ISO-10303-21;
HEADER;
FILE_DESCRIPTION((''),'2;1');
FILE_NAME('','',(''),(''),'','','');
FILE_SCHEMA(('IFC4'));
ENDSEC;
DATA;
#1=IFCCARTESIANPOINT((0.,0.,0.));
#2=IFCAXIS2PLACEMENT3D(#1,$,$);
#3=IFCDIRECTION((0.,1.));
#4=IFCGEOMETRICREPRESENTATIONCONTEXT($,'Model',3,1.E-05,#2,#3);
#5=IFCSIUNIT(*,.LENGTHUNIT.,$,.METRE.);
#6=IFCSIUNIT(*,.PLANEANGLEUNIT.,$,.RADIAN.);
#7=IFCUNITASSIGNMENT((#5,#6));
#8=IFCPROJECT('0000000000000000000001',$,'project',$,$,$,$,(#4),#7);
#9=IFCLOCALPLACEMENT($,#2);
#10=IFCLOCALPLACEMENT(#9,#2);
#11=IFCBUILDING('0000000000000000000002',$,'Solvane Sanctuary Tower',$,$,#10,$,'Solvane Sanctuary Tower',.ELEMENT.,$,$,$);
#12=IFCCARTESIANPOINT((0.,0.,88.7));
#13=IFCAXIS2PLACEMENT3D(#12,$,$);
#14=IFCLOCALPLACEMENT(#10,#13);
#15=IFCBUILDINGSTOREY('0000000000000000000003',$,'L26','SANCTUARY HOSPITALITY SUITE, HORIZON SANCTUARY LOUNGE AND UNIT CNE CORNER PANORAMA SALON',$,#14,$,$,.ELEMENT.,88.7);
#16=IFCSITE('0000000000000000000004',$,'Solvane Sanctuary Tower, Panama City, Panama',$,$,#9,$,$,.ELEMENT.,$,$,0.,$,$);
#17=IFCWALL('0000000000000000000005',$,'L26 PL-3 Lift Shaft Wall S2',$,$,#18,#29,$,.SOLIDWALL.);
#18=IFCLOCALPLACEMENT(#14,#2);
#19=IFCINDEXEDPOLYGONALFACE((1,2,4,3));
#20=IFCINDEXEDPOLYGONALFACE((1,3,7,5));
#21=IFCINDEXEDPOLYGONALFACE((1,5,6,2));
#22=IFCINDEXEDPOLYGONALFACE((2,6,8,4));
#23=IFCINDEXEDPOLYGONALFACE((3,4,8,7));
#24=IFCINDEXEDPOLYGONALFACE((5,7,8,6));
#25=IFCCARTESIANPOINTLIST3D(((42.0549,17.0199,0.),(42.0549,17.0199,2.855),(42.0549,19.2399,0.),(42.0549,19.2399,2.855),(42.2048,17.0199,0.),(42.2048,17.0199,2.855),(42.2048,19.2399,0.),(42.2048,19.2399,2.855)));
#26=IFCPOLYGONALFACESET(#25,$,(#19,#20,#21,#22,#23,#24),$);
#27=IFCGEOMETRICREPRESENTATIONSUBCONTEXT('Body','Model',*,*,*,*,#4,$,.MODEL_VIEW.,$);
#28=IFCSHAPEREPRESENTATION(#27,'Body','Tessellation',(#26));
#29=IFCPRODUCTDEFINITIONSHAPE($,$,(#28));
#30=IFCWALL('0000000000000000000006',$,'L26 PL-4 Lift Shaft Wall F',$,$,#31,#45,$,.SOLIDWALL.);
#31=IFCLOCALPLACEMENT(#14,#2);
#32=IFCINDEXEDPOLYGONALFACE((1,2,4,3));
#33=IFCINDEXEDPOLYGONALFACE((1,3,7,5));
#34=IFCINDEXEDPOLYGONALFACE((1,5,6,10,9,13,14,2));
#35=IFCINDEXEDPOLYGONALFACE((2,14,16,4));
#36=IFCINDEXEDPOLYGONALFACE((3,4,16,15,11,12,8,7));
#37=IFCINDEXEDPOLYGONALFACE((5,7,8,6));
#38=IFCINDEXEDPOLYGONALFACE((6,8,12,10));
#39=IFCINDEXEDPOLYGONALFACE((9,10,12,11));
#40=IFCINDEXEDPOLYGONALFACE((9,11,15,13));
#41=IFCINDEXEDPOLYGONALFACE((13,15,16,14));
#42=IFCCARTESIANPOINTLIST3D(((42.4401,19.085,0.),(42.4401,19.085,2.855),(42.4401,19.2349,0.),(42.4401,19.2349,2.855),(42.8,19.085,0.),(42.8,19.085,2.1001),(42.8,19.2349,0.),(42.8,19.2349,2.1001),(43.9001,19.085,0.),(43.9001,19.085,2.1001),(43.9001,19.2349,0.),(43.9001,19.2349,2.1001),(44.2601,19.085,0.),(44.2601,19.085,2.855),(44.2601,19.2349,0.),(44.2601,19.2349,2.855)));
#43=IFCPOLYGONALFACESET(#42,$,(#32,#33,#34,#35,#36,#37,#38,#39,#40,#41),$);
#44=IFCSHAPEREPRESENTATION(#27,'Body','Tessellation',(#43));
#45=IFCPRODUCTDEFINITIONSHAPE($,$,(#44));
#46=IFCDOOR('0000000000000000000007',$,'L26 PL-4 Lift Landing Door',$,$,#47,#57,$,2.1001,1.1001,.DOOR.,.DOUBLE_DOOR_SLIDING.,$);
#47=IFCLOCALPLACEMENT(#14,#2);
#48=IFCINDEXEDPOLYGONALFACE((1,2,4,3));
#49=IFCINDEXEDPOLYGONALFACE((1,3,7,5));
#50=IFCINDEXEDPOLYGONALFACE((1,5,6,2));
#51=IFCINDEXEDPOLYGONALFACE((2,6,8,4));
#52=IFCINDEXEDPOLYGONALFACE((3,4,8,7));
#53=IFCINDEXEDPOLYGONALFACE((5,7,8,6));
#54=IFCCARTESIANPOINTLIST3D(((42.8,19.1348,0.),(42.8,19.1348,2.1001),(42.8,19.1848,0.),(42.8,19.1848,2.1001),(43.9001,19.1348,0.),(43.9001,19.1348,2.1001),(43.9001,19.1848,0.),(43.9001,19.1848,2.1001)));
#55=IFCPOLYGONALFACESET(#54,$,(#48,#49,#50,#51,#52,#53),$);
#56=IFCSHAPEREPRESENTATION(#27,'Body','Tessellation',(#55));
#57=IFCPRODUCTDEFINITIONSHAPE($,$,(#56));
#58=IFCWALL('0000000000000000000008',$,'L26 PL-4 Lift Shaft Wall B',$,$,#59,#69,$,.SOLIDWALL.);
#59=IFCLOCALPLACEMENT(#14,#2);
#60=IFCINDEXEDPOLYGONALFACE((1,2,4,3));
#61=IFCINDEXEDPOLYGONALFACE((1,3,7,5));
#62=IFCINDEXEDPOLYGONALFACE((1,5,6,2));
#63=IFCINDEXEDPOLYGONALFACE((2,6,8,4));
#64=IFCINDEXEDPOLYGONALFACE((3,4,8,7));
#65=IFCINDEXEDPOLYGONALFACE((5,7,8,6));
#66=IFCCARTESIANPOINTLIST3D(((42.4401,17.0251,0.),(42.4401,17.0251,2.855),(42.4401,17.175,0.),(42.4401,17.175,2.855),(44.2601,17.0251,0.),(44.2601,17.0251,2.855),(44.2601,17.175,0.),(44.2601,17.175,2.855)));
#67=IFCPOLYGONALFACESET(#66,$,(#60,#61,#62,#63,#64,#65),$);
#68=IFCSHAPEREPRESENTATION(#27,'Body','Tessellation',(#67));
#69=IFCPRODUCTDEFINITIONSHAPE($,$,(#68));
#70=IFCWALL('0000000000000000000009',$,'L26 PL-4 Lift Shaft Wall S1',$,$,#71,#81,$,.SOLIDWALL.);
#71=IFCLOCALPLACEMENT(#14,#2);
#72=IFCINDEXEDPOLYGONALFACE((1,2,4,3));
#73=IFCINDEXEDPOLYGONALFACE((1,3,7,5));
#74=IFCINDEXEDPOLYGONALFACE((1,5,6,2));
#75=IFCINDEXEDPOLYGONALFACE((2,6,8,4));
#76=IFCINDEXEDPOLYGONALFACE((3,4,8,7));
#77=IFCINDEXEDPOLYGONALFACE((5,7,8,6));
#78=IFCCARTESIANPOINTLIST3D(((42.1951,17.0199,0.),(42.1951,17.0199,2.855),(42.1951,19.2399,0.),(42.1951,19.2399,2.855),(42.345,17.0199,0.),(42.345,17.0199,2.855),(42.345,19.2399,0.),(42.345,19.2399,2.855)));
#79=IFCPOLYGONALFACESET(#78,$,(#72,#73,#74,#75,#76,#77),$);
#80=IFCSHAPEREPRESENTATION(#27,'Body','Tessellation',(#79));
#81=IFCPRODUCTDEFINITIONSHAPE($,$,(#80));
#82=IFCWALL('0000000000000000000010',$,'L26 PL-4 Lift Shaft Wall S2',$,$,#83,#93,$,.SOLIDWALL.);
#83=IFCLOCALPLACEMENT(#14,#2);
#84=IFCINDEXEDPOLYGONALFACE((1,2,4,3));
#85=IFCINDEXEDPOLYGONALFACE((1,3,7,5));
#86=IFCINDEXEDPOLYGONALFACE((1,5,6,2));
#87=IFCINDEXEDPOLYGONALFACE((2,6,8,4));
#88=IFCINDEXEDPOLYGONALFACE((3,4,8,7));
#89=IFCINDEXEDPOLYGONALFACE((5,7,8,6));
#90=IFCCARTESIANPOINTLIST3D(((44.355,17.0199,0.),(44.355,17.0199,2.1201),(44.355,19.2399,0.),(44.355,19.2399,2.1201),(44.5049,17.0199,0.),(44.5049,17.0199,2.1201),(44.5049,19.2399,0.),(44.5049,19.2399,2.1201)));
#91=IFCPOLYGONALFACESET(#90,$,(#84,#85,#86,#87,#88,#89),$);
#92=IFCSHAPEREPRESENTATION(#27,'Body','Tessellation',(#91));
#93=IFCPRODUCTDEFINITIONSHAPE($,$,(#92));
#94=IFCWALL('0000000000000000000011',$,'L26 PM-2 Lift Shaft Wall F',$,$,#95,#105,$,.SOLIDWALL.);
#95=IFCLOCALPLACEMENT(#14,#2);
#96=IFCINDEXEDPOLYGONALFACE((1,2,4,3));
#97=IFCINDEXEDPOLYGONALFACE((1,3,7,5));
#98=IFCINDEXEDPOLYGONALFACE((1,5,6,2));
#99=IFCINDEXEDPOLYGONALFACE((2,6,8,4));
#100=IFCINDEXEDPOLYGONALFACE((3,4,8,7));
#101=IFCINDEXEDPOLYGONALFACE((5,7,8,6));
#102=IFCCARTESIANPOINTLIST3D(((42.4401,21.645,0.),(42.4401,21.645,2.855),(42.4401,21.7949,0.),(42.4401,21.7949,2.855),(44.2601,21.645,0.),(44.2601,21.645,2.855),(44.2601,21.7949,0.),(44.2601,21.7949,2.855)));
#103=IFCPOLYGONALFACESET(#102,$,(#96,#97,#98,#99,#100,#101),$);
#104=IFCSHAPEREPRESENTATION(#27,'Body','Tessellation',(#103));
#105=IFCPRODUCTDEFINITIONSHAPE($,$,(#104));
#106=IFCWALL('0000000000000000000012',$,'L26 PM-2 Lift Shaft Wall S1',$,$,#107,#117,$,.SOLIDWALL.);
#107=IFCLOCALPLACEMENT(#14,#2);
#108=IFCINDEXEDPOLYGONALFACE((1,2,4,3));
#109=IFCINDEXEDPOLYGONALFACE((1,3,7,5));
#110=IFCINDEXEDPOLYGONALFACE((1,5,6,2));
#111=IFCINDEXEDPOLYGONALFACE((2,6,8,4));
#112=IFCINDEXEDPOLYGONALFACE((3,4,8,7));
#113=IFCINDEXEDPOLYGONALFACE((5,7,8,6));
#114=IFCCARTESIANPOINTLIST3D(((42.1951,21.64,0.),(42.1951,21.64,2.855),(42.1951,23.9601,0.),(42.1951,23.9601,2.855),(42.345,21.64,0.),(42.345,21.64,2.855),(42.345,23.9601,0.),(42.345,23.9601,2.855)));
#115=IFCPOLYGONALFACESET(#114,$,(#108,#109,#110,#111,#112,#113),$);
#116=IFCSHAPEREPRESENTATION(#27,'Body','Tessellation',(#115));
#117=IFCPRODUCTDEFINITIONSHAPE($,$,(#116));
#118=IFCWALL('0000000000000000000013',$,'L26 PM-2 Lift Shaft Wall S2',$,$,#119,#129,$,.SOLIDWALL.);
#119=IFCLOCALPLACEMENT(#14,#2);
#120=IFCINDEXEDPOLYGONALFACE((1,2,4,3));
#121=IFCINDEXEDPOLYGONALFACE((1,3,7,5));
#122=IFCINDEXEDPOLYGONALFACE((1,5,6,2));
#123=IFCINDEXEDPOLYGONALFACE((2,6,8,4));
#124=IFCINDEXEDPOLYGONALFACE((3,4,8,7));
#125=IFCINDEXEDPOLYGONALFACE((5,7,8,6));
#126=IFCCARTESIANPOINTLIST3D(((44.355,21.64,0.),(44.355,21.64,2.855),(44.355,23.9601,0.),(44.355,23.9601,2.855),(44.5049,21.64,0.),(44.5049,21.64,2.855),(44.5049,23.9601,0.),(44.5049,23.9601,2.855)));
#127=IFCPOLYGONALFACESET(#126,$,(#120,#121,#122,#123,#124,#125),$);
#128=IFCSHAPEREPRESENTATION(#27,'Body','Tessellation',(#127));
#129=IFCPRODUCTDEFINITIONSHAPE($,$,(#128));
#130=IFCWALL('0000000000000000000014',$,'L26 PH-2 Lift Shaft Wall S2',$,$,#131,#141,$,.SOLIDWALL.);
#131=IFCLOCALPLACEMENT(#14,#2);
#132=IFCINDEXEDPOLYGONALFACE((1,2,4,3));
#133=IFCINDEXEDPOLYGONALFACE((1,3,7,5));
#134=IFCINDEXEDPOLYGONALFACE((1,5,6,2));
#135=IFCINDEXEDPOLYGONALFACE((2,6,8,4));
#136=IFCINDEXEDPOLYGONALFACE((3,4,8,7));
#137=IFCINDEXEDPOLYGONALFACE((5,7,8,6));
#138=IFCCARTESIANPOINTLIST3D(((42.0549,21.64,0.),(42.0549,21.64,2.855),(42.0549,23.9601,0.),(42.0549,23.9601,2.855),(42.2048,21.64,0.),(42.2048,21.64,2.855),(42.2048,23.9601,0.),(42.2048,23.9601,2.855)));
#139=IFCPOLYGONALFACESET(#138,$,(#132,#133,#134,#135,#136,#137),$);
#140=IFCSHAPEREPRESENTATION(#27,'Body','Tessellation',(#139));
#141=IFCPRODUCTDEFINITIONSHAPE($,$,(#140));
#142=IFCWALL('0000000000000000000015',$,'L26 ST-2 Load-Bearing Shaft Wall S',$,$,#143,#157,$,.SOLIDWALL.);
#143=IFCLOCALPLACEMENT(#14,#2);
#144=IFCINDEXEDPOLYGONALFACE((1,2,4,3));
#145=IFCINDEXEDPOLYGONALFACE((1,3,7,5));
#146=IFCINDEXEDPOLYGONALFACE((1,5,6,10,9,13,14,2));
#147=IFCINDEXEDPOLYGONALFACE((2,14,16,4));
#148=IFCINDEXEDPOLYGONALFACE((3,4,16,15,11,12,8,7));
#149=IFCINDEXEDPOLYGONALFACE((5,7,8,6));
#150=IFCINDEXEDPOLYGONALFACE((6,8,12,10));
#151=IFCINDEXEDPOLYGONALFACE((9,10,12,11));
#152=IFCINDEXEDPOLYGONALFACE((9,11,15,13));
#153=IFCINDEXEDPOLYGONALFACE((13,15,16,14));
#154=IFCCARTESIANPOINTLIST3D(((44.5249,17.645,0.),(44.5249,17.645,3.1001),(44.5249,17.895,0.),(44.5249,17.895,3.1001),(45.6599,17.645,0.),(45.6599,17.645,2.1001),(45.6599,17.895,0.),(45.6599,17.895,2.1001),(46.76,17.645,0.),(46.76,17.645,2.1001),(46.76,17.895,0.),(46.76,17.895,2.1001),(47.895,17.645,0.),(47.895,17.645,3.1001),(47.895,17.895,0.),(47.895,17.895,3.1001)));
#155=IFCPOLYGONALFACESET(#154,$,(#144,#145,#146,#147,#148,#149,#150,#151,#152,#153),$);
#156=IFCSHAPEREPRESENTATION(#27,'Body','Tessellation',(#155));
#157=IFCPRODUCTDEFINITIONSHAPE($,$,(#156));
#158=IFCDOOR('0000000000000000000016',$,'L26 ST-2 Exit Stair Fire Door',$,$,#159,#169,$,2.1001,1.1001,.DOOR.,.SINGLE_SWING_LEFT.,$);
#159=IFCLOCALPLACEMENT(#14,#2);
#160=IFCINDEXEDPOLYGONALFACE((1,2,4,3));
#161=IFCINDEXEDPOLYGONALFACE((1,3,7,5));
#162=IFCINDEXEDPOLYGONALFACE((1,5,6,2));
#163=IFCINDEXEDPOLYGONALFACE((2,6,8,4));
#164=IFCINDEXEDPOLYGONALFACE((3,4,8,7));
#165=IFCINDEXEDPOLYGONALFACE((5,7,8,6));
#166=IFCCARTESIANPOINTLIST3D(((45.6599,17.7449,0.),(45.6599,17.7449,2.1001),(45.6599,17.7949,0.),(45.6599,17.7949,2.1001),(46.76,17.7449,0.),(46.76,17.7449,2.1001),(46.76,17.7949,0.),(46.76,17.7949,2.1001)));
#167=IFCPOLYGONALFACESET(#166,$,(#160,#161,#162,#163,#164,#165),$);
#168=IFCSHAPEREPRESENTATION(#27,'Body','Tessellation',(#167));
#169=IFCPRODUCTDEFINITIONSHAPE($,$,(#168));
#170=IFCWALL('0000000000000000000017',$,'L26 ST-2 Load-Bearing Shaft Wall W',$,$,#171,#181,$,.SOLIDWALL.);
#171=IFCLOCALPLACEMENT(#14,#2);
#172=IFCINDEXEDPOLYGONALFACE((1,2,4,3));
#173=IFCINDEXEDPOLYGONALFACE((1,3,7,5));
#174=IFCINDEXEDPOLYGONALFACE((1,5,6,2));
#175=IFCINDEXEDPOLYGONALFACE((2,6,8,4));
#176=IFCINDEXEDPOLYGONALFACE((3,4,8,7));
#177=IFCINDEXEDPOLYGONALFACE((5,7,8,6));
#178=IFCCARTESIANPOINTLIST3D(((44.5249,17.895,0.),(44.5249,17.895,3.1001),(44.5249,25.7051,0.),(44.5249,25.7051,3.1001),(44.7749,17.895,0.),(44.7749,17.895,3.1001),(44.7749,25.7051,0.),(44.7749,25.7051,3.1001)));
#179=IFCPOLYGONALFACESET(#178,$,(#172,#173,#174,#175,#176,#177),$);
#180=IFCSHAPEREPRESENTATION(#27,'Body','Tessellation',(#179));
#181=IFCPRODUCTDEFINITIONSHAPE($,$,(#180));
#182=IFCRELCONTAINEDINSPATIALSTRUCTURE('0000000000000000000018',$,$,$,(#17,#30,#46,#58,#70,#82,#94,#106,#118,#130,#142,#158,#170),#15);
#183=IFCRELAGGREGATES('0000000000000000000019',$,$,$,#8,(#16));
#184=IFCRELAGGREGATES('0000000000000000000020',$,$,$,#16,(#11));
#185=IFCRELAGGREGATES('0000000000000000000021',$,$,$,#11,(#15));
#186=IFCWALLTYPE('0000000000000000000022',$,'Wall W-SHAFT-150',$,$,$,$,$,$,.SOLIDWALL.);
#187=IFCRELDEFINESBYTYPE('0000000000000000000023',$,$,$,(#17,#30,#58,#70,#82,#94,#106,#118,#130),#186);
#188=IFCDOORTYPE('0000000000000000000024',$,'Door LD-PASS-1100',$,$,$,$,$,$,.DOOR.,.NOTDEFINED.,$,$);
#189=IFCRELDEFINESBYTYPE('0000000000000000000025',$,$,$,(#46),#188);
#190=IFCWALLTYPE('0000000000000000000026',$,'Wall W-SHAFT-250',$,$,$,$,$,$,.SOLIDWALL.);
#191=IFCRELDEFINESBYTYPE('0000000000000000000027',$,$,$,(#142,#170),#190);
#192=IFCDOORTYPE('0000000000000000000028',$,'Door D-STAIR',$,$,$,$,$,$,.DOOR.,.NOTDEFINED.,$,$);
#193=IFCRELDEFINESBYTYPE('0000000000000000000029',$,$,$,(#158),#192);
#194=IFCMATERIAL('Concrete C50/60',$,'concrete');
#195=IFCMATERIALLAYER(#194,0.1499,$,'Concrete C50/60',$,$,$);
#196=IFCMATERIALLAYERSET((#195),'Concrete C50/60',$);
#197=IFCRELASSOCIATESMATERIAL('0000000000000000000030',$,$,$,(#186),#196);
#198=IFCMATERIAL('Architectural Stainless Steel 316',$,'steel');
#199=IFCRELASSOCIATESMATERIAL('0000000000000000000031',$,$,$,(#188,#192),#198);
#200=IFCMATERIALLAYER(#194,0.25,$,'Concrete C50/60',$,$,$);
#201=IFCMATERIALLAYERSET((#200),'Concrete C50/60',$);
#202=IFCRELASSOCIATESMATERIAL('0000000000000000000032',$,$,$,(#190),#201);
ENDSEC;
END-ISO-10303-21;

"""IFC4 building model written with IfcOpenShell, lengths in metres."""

from ifc_helpers import new_model, si_unit, direction, frame, frame_2d, origin, place, context, subcontext, project, spatial, rectangle, extrude, material, layer, layer_set, type_object, element, fill, save


model = new_model("IFC4")

# Units and contexts
model_context = context("Model", 3, precision=1e-05, world=origin(), true_north=direction((0.0, 1.0)))
body_context = subcontext(model_context, "Body", "Model", "MODEL_VIEW")
ifc_project = project(units=[si_unit("LENGTHUNIT", "METRE"), si_unit("PLANEANGLEUNIT", "RADIAN")], contexts=[model_context])

# Site, building, storey
site_placement = place(None, origin())
site = spatial("IfcSite", under=ifc_project, at=site_placement, Name="Solvane Sanctuary Tower, Panama City, Panama", CompositionType="ELEMENT", RefElevation=0.0)
building_placement = place(site_placement, origin())
building = spatial("IfcBuilding", under=site, at=building_placement, Name="Solvane Sanctuary Tower", LongName="Solvane Sanctuary Tower", CompositionType="ELEMENT")
storey_placement = place(building_placement, frame((0.0, 0.0, 88.7)))
storey = spatial("IfcBuildingStorey", under=building, at=storey_placement, Name="L26", Description="SANCTUARY HOSPITALITY SUITE, HORIZON SANCTUARY LOUNGE AND UNIT CNE CORNER PANORAMA SALON", CompositionType="ELEMENT", Elevation=88.7)

# Wall
ifc_material_1 = material(Name="Concrete C50/60", Category="concrete")
ifc_layer_1 = layer(ifc_material_1, 0.1499, Name="Concrete C50/60")
ifc_layer_set_1 = layer_set([ifc_layer_1], Name="Concrete C50/60")
wall_type_1 = type_object("IfcWallType", Name="Wall W-SHAFT-150", PredefinedType="SOLIDWALL", material=ifc_layer_set_1)
wall_1_placement = place(storey_placement, frame((42.1299, 17.02, 0.0), z_axis=(0.0, 0.0, 1.0), x_axis=(0.0, 1.0, 0.0)))
element("IfcWall", 1, at=wall_1_placement, inside=storey, type_object=wall_type_1, Name="L26 PL-3 Lift Shaft Wall S2", PredefinedType="SOLIDWALL", context=body_context, shape_type="SweptSolid", body=[
    extrude(rectangle(XDim=2.22, YDim=0.1499, at=frame_2d((1.1099, 0.0))), origin(), (0.0, 0.0, 1.0), 2.855),
])

# Wall, opening, door
wall_2_placement = place(storey_placement, frame((42.4399, 19.1599, 0.0), z_axis=(0.0, 0.0, 1.0), x_axis=(1.0, 0.0, 0.0)))
wall_2 = element("IfcWall", 2, at=wall_2_placement, inside=storey, type_object=wall_type_1, Name="L26 PL-4 Lift Shaft Wall F", PredefinedType="SOLIDWALL", context=body_context, shape_type="SweptSolid", body=[
    extrude(rectangle(XDim=1.8201, YDim=0.1499, at=frame_2d((0.9102, 0.0))), origin(), (0.0, 0.0, 1.0), 2.855),
])
opening_1_placement = place(wall_2_placement, frame((0.3601, 0.0, 0.0)))
opening_1 = element("IfcOpeningElement", 3, at=opening_1_placement, cuts=wall_2, PredefinedType="OPENING", context=body_context, shape_type="SweptSolid", body=[
    extrude(rectangle(XDim=1.1001, YDim=2.1001, at=frame_2d((0.55, 1.05))), frame((0.0, 0.085, 0.0), z_axis=(0.0, -1.0, 0.0), x_axis=(1.0, 0.0, 0.0)), (0.0, 0.0, 1.0), 0.1699),
])
ifc_material_2 = material(Name="Architectural Stainless Steel 316", Category="steel")
door_type_1 = type_object("IfcDoorType", Name="Door LD-PASS-1100", OperationType="NOTDEFINED", PredefinedType="DOOR", material=ifc_material_2)
door_1_placement = place(opening_1_placement, origin())
door_1 = element("IfcDoor", 4, at=door_1_placement, inside=storey, type_object=door_type_1, Name="L26 PL-4 Lift Landing Door", OperationType="DOUBLE_DOOR_SLIDING", OverallHeight=2.1001, OverallWidth=1.1001, PredefinedType="DOOR", context=body_context, shape_type="SweptSolid", body=[
    extrude(rectangle(XDim=1.1001, YDim=2.1001, at=frame_2d((0.55, 1.05))), frame((0.0, 0.0249, 0.0), z_axis=(0.0, -1.0, 0.0), x_axis=(1.0, 0.0, 0.0)), (0.0, 0.0, 1.0), 0.05),
])
fill(opening_1, door_1)

# Walls
wall_3_placement = place(storey_placement, frame((42.4399, 17.1001, 0.0), z_axis=(0.0, 0.0, 1.0), x_axis=(1.0, 0.0, 0.0)))
element("IfcWall", 5, at=wall_3_placement, inside=storey, type_object=wall_type_1, Name="L26 PL-4 Lift Shaft Wall B", PredefinedType="SOLIDWALL", context=body_context, shape_type="SweptSolid", body=[
    extrude(rectangle(XDim=1.8201, YDim=0.1499, at=frame_2d((0.9102, 0.0))), origin(), (0.0, 0.0, 1.0), 2.855),
])
wall_4_placement = place(storey_placement, frame((42.27, 17.02, 0.0), z_axis=(0.0, 0.0, 1.0), x_axis=(0.0, 1.0, 0.0)))
element("IfcWall", 6, at=wall_4_placement, inside=storey, type_object=wall_type_1, Name="L26 PL-4 Lift Shaft Wall S1", PredefinedType="SOLIDWALL", context=body_context, shape_type="SweptSolid", body=[
    extrude(rectangle(XDim=2.22, YDim=0.1499, at=frame_2d((1.1099, 0.0))), origin(), (0.0, 0.0, 1.0), 2.855),
])
wall_5_placement = place(storey_placement, frame((44.4299, 17.02, 0.0), z_axis=(0.0, 0.0, 1.0), x_axis=(0.0, 1.0, 0.0)))
element("IfcWall", 7, at=wall_5_placement, inside=storey, type_object=wall_type_1, Name="L26 PL-4 Lift Shaft Wall S2", PredefinedType="SOLIDWALL", context=body_context, shape_type="SweptSolid", body=[
    extrude(rectangle(XDim=2.22, YDim=0.1499, at=frame_2d((1.1099, 0.0))), origin(), (0.0, 0.0, 1.0), 2.1201),
])
wall_6_placement = place(storey_placement, frame((42.4399, 21.72, 0.0), z_axis=(0.0, 0.0, 1.0), x_axis=(1.0, 0.0, 0.0)))
element("IfcWall", 8, at=wall_6_placement, inside=storey, type_object=wall_type_1, Name="L26 PM-2 Lift Shaft Wall F", PredefinedType="SOLIDWALL", context=body_context, shape_type="SweptSolid", body=[
    extrude(rectangle(XDim=1.8201, YDim=0.1499, at=frame_2d((0.9102, 0.0))), origin(), (0.0, 0.0, 1.0), 2.855),
])
for number, where, z_axis, x_axis, name in (
    (9, (42.27, 21.6399, 0.0), (0.0, 0.0, 1.0), (0.0, 1.0, 0.0), "L26 PM-2 Lift Shaft Wall S1"),
    (10, (44.4299, 21.6399, 0.0), (0.0, 0.0, 1.0), (0.0, 1.0, 0.0), "L26 PM-2 Lift Shaft Wall S2"),
    (11, (42.1299, 21.6399, 0.0), (0.0, 0.0, 1.0), (0.0, 1.0, 0.0), "L26 PH-2 Lift Shaft Wall S2"),
):
    element("IfcWall", number, at=place(storey_placement, frame(where, z_axis=z_axis, x_axis=x_axis)), inside=storey, type_object=wall_type_1, Name=name, PredefinedType="SOLIDWALL", context=body_context, shape_type="SweptSolid", body=[
        extrude(rectangle(XDim=2.3201, YDim=0.1499, at=frame_2d((1.1602, 0.0))), origin(), (0.0, 0.0, 1.0), 2.855),
    ])

# Wall, opening, door
ifc_layer_2 = layer(ifc_material_1, 0.25, Name="Concrete C50/60")
ifc_layer_set_2 = layer_set([ifc_layer_2], Name="Concrete C50/60")
wall_type_2 = type_object("IfcWallType", Name="Wall W-SHAFT-250", PredefinedType="SOLIDWALL", material=ifc_layer_set_2)
wall_7_placement = place(storey_placement, frame((44.5249, 17.77, 0.0), z_axis=(0.0, 0.0, 1.0), x_axis=(1.0, 0.0, 0.0)))
wall_7 = element("IfcWall", 12, at=wall_7_placement, inside=storey, type_object=wall_type_2, Name="L26 ST-2 Load-Bearing Shaft Wall S", PredefinedType="SOLIDWALL", context=body_context, shape_type="SweptSolid", body=[
    extrude(rectangle(XDim=3.3701, YDim=0.25, at=frame_2d((1.6851, 0.0))), origin(), (0.0, 0.0, 1.0), 3.1001),
])
opening_2_placement = place(wall_7_placement, frame((1.135, 0.0, 0.0)))
opening_2 = element("IfcOpeningElement", 13, at=opening_2_placement, cuts=wall_7, PredefinedType="OPENING", context=body_context, shape_type="SweptSolid", body=[
    extrude(rectangle(XDim=1.1001, YDim=2.1001, at=frame_2d((0.55, 1.05))), frame((0.0, 0.135, 0.0), z_axis=(0.0, -1.0, 0.0), x_axis=(1.0, 0.0, 0.0)), (0.0, 0.0, 1.0), 0.27),
])
door_type_2 = type_object("IfcDoorType", Name="Door D-STAIR", OperationType="NOTDEFINED", PredefinedType="DOOR", material=ifc_material_2)
door_2_placement = place(opening_2_placement, origin())
door_2 = element("IfcDoor", 14, at=door_2_placement, inside=storey, type_object=door_type_2, Name="L26 ST-2 Exit Stair Fire Door", OperationType="SINGLE_SWING_LEFT", OverallHeight=2.1001, OverallWidth=1.1001, PredefinedType="DOOR", context=body_context, shape_type="SweptSolid", body=[
    extrude(rectangle(XDim=1.1001, YDim=2.1001, at=frame_2d((0.55, 1.05))), frame((0.0, 0.0249, 0.0), z_axis=(0.0, -1.0, 0.0), x_axis=(1.0, 0.0, 0.0)), (0.0, 0.0, 1.0), 0.05),
])
fill(opening_2, door_2)

# Wall
wall_8_placement = place(storey_placement, frame((44.6499, 17.895, 0.0), z_axis=(0.0, 0.0, 1.0), x_axis=(0.0, 1.0, 0.0)))
element("IfcWall", 15, at=wall_8_placement, inside=storey, type_object=wall_type_2, Name="L26 ST-2 Load-Bearing Shaft Wall W", PredefinedType="SOLIDWALL", context=body_context, shape_type="SweptSolid", body=[
    extrude(rectangle(XDim=7.8101, YDim=0.25, at=frame_2d((3.905, 0.0))), origin(), (0.0, 0.0, 1.0), 3.1001),
])

save(model, "model.ifc")
